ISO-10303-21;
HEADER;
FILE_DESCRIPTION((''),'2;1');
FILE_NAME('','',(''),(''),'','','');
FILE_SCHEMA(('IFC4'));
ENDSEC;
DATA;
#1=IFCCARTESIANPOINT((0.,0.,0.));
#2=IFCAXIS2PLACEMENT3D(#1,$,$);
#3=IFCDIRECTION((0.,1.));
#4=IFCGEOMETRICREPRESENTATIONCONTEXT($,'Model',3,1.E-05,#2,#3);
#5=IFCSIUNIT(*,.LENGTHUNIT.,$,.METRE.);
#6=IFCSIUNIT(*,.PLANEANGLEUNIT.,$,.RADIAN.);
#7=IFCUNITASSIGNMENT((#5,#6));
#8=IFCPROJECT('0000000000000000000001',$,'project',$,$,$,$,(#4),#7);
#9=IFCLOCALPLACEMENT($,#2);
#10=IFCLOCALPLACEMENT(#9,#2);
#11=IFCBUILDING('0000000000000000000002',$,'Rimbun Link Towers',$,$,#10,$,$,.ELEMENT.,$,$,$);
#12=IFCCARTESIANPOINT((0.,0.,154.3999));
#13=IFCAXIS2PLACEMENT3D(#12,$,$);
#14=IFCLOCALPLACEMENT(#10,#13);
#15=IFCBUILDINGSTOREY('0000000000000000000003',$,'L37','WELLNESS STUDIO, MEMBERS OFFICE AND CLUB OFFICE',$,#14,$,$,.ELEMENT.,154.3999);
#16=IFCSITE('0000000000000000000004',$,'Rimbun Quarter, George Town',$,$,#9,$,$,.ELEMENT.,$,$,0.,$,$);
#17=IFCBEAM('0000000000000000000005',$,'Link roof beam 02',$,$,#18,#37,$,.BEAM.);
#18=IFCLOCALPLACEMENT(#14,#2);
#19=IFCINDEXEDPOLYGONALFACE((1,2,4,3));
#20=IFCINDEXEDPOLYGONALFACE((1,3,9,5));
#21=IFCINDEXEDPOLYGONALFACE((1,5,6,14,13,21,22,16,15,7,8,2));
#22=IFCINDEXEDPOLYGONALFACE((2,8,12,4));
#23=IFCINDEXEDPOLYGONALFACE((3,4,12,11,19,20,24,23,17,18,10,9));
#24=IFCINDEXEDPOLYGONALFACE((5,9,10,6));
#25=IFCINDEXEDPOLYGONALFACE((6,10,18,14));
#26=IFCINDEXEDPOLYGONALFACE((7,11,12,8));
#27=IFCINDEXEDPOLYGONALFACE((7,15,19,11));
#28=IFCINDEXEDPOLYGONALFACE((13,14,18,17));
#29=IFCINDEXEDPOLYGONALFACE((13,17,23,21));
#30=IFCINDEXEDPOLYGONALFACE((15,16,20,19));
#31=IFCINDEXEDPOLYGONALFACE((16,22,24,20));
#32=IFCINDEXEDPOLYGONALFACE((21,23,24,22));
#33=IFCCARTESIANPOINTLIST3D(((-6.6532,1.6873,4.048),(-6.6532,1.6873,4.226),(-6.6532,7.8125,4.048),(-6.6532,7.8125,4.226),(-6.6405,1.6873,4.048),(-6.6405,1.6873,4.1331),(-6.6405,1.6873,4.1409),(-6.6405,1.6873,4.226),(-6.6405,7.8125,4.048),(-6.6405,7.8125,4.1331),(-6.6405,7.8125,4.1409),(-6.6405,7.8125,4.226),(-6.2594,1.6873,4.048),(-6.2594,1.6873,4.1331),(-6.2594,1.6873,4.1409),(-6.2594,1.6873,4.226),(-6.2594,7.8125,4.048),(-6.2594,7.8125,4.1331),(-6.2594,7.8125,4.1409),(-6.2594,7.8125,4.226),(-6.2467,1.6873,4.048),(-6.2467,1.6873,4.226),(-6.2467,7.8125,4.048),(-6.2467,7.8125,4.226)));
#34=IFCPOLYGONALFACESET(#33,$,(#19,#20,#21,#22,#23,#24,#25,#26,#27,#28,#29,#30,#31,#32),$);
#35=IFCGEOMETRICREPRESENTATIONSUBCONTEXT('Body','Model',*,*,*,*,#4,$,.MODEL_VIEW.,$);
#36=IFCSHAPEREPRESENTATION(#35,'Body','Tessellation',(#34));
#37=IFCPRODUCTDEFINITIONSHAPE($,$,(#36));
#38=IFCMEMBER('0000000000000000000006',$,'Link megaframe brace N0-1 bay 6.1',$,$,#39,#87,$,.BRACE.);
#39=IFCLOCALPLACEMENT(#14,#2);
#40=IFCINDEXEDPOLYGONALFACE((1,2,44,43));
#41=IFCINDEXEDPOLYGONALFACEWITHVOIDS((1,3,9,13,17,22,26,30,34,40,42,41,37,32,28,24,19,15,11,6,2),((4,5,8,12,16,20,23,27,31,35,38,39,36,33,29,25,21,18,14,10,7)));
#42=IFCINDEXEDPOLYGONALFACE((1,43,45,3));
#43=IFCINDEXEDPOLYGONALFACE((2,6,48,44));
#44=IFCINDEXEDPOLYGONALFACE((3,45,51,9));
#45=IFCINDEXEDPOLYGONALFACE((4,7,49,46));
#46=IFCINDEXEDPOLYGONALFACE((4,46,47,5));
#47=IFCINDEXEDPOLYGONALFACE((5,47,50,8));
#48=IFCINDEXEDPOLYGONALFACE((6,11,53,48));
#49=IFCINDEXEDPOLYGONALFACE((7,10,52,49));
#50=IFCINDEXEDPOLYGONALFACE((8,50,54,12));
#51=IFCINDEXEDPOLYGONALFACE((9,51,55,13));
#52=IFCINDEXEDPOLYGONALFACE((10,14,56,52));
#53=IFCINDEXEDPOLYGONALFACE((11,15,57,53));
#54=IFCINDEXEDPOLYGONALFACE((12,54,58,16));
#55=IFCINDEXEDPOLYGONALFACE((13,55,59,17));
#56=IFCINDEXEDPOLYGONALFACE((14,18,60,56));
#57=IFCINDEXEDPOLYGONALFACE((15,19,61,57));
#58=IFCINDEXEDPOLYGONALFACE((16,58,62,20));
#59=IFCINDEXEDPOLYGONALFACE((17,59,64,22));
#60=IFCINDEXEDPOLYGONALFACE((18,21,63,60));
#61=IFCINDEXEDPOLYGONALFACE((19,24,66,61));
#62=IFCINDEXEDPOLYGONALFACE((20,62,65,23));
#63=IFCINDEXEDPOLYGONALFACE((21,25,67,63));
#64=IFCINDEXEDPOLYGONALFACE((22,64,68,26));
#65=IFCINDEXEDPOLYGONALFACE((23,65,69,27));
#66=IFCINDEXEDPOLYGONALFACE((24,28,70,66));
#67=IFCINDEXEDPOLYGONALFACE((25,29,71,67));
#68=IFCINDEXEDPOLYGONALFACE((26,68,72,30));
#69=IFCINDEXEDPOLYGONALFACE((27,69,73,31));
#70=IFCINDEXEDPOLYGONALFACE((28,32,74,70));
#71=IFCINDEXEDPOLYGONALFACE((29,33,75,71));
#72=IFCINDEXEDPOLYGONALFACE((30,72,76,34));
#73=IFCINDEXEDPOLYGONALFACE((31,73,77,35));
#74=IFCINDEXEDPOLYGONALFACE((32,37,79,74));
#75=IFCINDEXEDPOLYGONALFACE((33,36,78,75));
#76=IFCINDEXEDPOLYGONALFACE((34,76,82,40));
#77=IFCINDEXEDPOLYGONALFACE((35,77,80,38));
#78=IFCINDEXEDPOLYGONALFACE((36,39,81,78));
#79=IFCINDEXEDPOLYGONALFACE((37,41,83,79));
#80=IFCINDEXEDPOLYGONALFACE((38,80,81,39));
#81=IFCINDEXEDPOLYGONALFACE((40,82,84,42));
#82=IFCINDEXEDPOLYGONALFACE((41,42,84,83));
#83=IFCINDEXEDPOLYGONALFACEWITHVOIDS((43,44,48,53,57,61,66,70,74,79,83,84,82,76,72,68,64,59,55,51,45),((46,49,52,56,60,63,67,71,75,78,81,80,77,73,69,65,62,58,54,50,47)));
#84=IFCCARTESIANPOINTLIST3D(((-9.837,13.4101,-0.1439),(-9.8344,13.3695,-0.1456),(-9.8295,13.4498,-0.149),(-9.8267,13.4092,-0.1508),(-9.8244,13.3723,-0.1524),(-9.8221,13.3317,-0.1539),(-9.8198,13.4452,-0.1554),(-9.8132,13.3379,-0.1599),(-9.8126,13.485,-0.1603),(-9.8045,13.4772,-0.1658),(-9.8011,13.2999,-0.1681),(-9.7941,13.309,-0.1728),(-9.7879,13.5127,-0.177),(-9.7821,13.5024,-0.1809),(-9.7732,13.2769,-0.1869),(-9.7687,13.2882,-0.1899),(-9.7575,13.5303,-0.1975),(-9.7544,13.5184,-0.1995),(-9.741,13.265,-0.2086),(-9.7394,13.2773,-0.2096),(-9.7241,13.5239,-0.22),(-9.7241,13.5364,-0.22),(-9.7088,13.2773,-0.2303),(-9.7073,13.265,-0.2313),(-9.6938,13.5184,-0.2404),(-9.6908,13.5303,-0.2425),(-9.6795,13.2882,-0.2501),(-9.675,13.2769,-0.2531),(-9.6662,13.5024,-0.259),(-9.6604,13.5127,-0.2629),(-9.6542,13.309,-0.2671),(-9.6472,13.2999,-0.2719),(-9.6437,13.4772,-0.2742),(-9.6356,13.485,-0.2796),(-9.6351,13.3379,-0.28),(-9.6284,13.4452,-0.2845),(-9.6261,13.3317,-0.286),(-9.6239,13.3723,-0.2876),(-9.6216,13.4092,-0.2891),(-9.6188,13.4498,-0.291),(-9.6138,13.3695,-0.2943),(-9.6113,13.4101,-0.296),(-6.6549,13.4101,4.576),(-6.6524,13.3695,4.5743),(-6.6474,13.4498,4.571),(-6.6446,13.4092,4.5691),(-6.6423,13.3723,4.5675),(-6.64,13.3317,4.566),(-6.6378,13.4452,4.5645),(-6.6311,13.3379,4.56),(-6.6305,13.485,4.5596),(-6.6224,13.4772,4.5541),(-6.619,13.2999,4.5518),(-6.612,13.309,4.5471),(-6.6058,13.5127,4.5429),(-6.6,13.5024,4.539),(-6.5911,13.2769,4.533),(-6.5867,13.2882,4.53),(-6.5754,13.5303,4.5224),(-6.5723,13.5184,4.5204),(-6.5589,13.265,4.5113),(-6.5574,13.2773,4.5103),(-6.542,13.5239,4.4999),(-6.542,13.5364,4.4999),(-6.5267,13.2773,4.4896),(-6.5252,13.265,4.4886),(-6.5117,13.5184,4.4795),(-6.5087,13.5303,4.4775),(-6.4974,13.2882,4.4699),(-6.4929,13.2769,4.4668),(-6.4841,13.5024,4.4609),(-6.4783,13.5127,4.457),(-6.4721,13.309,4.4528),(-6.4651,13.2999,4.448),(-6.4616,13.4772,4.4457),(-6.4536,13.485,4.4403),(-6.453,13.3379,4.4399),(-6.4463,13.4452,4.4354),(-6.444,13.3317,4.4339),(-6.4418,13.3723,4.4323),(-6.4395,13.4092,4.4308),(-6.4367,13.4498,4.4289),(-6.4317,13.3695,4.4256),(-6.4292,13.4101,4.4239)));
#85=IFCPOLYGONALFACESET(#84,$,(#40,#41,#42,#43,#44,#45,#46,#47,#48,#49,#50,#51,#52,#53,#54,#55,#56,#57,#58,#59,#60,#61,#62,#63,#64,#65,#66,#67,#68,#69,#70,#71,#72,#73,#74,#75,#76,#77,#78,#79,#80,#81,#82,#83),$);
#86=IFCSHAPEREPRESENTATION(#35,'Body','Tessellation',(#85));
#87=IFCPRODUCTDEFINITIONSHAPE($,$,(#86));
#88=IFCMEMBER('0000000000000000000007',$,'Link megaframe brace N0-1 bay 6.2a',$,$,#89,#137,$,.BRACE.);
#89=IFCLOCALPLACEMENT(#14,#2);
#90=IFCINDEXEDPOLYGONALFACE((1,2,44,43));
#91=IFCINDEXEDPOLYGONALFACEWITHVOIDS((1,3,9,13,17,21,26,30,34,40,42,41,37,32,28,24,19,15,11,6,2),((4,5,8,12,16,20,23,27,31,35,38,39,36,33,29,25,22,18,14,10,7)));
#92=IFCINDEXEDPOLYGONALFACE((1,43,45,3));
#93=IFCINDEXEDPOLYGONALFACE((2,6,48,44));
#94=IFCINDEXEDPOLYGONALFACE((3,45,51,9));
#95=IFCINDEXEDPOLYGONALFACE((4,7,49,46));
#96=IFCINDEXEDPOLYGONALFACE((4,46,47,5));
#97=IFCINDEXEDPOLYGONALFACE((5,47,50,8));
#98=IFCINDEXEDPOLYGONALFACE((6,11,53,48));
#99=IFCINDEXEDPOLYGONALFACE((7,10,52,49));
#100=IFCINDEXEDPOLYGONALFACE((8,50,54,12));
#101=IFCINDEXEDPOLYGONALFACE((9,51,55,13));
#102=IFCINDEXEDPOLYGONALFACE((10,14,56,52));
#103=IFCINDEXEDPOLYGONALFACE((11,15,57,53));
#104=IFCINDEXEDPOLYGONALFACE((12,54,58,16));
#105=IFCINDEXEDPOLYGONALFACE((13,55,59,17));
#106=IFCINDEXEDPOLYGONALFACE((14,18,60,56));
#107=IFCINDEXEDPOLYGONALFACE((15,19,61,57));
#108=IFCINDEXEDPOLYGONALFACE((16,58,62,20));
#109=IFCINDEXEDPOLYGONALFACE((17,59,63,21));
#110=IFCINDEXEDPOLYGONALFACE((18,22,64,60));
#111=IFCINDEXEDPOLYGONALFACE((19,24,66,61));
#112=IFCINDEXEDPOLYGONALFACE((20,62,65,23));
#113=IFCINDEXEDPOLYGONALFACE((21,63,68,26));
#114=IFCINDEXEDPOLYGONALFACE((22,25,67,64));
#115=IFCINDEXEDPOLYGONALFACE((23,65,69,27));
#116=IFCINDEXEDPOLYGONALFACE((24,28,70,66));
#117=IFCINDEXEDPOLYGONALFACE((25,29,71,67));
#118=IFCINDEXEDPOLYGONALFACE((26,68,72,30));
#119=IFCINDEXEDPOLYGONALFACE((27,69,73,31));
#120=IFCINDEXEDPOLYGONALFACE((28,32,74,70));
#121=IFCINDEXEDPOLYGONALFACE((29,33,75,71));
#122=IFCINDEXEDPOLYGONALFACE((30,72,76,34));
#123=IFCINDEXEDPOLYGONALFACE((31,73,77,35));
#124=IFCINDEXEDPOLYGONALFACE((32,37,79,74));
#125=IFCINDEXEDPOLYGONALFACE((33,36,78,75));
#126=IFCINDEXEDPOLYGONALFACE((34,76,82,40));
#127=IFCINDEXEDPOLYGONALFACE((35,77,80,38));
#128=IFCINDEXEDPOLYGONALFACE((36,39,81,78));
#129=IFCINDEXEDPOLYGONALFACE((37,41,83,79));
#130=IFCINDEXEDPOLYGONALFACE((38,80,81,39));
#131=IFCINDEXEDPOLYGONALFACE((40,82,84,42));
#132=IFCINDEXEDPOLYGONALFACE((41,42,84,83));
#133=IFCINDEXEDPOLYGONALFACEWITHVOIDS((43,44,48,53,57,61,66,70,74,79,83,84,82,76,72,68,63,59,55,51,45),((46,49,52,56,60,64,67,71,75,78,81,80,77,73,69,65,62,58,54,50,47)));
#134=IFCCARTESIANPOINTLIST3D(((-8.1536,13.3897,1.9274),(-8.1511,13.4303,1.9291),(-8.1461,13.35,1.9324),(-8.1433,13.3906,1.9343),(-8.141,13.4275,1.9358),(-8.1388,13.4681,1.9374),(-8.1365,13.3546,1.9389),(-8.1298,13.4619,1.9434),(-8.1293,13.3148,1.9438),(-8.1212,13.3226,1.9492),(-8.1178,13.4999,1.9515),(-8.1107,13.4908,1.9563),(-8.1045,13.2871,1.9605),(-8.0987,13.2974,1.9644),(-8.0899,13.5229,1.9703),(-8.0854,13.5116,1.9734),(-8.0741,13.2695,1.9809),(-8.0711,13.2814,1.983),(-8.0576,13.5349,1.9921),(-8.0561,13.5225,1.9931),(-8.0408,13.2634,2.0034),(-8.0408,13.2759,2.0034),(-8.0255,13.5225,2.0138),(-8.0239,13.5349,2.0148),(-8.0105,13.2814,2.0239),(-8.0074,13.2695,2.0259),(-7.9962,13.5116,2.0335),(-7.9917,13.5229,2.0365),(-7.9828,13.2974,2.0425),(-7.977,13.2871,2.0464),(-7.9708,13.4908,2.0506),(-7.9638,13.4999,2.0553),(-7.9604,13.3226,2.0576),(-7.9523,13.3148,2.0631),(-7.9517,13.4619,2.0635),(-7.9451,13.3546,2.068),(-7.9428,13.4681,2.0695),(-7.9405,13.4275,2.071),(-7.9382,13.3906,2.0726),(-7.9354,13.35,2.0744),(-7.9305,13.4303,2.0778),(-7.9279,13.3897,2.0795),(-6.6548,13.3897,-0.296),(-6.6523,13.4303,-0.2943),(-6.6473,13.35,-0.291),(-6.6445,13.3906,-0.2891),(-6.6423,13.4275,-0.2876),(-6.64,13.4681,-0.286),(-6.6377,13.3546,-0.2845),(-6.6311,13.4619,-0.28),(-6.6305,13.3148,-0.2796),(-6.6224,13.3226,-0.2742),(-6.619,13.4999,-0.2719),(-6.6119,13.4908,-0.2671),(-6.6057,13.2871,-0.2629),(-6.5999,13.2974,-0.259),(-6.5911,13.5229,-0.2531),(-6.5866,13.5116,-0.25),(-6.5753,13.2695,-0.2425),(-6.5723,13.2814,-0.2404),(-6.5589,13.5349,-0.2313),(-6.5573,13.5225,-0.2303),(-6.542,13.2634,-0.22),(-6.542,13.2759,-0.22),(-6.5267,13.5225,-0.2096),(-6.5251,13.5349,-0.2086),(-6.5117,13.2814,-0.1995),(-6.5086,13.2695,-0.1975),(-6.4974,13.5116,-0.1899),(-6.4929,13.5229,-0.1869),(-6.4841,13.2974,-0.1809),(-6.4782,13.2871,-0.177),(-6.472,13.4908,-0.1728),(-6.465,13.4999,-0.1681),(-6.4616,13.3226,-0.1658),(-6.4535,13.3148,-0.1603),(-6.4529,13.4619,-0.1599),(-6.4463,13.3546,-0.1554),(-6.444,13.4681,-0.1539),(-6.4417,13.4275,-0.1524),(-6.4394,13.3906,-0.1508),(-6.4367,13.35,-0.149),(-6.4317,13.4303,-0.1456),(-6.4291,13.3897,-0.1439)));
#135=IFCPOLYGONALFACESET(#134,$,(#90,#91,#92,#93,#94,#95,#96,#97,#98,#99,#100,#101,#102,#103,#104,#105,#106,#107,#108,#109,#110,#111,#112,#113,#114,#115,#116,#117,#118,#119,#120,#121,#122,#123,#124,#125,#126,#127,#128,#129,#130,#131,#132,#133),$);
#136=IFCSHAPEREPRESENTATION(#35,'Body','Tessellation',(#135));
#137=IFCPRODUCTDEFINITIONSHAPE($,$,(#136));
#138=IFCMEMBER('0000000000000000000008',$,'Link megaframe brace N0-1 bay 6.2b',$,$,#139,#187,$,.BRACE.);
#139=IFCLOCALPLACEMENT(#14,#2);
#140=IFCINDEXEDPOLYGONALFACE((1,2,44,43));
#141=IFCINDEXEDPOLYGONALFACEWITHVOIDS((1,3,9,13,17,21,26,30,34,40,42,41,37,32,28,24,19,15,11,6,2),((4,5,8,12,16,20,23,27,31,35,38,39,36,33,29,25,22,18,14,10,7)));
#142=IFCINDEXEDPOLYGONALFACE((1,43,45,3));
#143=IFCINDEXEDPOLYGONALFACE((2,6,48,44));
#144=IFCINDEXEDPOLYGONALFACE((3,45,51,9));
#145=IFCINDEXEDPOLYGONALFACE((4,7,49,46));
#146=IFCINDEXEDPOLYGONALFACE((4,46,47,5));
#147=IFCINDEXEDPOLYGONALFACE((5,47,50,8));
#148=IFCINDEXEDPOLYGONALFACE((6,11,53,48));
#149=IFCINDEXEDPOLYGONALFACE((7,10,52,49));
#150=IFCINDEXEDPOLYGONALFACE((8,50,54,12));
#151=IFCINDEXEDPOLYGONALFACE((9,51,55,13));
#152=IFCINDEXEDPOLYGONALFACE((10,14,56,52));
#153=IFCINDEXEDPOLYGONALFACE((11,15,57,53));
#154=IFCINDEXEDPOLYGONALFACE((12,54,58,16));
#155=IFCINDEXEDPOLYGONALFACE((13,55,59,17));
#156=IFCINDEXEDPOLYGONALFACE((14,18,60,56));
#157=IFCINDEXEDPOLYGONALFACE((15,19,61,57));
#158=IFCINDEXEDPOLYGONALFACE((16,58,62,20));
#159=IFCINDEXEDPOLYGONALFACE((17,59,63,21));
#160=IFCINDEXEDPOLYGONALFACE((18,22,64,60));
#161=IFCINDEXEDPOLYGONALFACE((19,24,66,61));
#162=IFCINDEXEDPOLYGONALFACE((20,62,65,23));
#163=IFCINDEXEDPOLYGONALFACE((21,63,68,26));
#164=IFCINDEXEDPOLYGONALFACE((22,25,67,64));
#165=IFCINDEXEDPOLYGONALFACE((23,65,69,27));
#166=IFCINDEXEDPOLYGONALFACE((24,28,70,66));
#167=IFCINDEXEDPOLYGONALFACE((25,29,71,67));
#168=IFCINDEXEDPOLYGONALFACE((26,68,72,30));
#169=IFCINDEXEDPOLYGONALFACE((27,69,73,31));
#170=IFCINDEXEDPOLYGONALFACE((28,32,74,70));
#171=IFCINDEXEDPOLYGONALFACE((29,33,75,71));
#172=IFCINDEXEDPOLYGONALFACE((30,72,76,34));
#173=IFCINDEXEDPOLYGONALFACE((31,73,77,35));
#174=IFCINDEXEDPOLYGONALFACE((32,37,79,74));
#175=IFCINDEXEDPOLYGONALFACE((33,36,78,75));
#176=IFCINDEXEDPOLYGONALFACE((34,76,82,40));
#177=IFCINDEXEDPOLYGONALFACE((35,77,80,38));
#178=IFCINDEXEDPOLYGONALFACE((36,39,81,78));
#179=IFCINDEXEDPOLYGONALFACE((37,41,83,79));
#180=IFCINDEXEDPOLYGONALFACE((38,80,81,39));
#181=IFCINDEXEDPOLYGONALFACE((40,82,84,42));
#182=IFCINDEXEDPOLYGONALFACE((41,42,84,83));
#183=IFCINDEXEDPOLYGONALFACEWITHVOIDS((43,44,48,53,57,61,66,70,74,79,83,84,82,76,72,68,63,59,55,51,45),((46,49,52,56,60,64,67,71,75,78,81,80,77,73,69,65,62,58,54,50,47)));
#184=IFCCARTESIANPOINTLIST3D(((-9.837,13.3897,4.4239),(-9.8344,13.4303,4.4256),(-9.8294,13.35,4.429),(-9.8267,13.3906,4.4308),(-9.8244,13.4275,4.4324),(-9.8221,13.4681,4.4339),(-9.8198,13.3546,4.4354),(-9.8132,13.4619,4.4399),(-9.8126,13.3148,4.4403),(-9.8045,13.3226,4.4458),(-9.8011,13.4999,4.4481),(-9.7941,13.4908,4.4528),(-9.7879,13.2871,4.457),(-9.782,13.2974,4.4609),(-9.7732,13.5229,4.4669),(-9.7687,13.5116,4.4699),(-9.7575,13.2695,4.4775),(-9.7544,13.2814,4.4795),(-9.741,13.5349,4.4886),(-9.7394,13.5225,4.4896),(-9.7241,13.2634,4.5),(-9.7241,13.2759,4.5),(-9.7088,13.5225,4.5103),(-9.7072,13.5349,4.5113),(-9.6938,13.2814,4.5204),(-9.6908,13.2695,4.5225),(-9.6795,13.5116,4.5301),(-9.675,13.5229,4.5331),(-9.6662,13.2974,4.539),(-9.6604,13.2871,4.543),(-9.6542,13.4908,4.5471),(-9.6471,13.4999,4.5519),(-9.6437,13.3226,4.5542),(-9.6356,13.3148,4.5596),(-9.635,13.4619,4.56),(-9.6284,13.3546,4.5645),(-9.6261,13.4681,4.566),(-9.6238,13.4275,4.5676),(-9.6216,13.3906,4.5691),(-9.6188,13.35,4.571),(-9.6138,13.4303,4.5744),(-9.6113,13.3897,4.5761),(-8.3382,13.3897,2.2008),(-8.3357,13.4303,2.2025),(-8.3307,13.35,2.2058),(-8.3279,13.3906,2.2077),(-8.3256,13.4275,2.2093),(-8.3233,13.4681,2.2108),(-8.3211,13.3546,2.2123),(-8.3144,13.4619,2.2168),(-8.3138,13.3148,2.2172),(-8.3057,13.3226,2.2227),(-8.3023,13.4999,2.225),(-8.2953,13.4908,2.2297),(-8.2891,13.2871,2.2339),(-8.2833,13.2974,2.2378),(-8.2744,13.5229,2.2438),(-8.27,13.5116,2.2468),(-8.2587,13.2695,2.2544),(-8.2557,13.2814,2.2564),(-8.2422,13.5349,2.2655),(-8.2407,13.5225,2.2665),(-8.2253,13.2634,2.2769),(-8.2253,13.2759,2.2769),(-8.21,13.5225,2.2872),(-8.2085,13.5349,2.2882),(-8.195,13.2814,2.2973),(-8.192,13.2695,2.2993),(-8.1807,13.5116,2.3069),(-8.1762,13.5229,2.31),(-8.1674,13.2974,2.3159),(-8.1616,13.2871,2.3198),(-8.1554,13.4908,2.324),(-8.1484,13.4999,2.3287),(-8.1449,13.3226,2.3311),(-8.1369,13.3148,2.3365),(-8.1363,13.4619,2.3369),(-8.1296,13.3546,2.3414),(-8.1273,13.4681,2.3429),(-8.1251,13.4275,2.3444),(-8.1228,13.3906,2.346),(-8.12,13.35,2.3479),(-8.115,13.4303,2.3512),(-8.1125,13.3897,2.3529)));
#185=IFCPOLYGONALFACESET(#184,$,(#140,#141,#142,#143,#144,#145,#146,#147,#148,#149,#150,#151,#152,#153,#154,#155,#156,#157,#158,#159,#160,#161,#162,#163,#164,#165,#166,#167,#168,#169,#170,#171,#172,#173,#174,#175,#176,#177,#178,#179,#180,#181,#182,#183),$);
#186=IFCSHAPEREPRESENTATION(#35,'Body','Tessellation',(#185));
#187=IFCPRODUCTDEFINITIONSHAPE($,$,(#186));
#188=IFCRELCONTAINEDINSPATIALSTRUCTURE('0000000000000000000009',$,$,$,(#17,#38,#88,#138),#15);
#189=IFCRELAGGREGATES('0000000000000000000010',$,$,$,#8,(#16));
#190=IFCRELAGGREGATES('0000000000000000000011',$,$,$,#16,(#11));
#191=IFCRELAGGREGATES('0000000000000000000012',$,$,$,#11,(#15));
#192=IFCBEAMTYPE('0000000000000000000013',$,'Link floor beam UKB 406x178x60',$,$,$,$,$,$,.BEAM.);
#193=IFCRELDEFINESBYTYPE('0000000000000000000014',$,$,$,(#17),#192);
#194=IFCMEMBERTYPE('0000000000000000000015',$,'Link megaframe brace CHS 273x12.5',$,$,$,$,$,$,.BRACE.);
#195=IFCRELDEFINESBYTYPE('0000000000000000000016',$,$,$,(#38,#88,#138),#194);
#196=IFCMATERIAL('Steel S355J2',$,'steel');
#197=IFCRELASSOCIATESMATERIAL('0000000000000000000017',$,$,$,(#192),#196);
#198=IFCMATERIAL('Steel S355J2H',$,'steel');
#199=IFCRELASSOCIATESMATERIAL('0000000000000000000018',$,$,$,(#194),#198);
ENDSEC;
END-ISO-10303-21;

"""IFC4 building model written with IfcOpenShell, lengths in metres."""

from ifc_helpers import new_model, si_unit, direction, frame, origin, origin_2d, place, context, subcontext, project, spatial, hollow_circle, i_section, extrude, material, material_profile, profile_set, type_object, element, save


model = new_model("IFC4")

# Units and contexts
model_context = context("Model", 3, precision=1e-05, world=origin(), true_north=direction((0.0, 1.0)))
body_context = subcontext(model_context, "Body", "Model", "MODEL_VIEW")
ifc_project = project(units=[si_unit("LENGTHUNIT", "METRE"), si_unit("PLANEANGLEUNIT", "RADIAN")], contexts=[model_context])

# Site, building, storey
site_placement = place(None, origin())
site = spatial("IfcSite", under=ifc_project, at=site_placement, Name="Rimbun Quarter, George Town", CompositionType="ELEMENT", RefElevation=0.0)
building_placement = place(site_placement, origin())
building = spatial("IfcBuilding", under=site, at=building_placement, Name="Rimbun Link Towers", CompositionType="ELEMENT")
storey_placement = place(building_placement, frame((0.0, 0.0, 154.3999)))
storey = spatial("IfcBuildingStorey", under=building, at=storey_placement, Name="L37", Description="WELLNESS STUDIO, MEMBERS OFFICE AND CLUB OFFICE", CompositionType="ELEMENT", Elevation=154.3999)

# Beam
ifc_material_1 = material(Name="Steel S355J2", Category="steel")
ifc_material_profile_1 = material_profile(ifc_material_1, i_section(OverallWidth=0.178, OverallDepth=0.4065, WebThickness=0.0078, FlangeThickness=0.0127, at=origin_2d()), Name="UKB 406x178x60")
ifc_profile_set_1 = profile_set([ifc_material_profile_1], Name="Steel S355J2")
beam_type_1 = type_object("IfcBeamType", Name="Link floor beam UKB 406x178x60", PredefinedType="BEAM", material=ifc_profile_set_1)
for number, where, z_axis, x_axis, name in (
    (1, (-6.45, 1.6873, 4.137), (0.0, 1.0, 0.0), (0.0, 0.0, 1.0), "Link roof beam 02"),
):
    element("IfcBeam", number, at=place(storey_placement, frame(where, z_axis=z_axis, x_axis=x_axis)), inside=storey, type_object=beam_type_1, Name=name, PredefinedType="BEAM", context=body_context, shape_type="SweptSolid", body=[
        extrude(i_section(OverallWidth=0.178, OverallDepth=0.4065, WebThickness=0.0078, FlangeThickness=0.0127, at=origin_2d()), origin(), (0.0, 0.0, 1.0), 6.1252),
    ])

# Members
ifc_material_2 = material(Name="Steel S355J2H", Category="steel")
ifc_material_profile_2 = material_profile(ifc_material_2, hollow_circle(Radius=0.1365, WallThickness=0.0125, at=origin_2d()), Name="CHS 273x12.5")
ifc_profile_set_2 = profile_set([ifc_material_profile_2], Name="Steel S355J2H")
member_type_1 = type_object("IfcMemberType", Name="Link megaframe brace CHS 273x12.5", PredefinedType="BRACE", material=ifc_profile_set_2)
member_1_placement = place(storey_placement, frame((-9.7241, 13.3999, -0.22), z_axis=(0.559008, 0.0, 0.829162), x_axis=(0.0, 1.0, 0.0)))
element("IfcMember", 2, at=member_1_placement, inside=storey, type_object=member_type_1, Name="Link megaframe brace N0-1 bay 6.1", PredefinedType="BRACE", context=body_context, shape_type="SweptSolid", body=[
    extrude(hollow_circle(Radius=0.1365, WallThickness=0.0125, at=origin_2d()), origin(), (0.0, 0.0, 1.0), 5.6924),
])
member_2_placement = place(storey_placement, frame((-6.542, 13.3999, -0.22), z_axis=(-0.558958, 0.0, 0.829196), x_axis=(0.0, -1.0, 0.0)))
element("IfcMember", 3, at=member_2_placement, inside=storey, type_object=member_type_1, Name="Link megaframe brace N0-1 bay 6.2a", PredefinedType="BRACE", context=body_context, shape_type="SweptSolid", body=[
    extrude(hollow_circle(Radius=0.1365, WallThickness=0.0125, at=origin_2d()), origin(), (0.0, 0.0, 1.0), 2.6814),
])
member_3_placement = place(storey_placement, frame((-8.2253, 13.3999, 2.2769), z_axis=(-0.559, 0.0, 0.829167), x_axis=(0.0, -1.0, 0.0)))
element("IfcMember", 4, at=member_3_placement, inside=storey, type_object=member_type_1, Name="Link megaframe brace N0-1 bay 6.2b", PredefinedType="BRACE", context=body_context, shape_type="SweptSolid", body=[
    extrude(hollow_circle(Radius=0.1365, WallThickness=0.0125, at=origin_2d()), origin(), (0.0, 0.0, 1.0), 2.6812),
])

save(model, "model.ifc")
